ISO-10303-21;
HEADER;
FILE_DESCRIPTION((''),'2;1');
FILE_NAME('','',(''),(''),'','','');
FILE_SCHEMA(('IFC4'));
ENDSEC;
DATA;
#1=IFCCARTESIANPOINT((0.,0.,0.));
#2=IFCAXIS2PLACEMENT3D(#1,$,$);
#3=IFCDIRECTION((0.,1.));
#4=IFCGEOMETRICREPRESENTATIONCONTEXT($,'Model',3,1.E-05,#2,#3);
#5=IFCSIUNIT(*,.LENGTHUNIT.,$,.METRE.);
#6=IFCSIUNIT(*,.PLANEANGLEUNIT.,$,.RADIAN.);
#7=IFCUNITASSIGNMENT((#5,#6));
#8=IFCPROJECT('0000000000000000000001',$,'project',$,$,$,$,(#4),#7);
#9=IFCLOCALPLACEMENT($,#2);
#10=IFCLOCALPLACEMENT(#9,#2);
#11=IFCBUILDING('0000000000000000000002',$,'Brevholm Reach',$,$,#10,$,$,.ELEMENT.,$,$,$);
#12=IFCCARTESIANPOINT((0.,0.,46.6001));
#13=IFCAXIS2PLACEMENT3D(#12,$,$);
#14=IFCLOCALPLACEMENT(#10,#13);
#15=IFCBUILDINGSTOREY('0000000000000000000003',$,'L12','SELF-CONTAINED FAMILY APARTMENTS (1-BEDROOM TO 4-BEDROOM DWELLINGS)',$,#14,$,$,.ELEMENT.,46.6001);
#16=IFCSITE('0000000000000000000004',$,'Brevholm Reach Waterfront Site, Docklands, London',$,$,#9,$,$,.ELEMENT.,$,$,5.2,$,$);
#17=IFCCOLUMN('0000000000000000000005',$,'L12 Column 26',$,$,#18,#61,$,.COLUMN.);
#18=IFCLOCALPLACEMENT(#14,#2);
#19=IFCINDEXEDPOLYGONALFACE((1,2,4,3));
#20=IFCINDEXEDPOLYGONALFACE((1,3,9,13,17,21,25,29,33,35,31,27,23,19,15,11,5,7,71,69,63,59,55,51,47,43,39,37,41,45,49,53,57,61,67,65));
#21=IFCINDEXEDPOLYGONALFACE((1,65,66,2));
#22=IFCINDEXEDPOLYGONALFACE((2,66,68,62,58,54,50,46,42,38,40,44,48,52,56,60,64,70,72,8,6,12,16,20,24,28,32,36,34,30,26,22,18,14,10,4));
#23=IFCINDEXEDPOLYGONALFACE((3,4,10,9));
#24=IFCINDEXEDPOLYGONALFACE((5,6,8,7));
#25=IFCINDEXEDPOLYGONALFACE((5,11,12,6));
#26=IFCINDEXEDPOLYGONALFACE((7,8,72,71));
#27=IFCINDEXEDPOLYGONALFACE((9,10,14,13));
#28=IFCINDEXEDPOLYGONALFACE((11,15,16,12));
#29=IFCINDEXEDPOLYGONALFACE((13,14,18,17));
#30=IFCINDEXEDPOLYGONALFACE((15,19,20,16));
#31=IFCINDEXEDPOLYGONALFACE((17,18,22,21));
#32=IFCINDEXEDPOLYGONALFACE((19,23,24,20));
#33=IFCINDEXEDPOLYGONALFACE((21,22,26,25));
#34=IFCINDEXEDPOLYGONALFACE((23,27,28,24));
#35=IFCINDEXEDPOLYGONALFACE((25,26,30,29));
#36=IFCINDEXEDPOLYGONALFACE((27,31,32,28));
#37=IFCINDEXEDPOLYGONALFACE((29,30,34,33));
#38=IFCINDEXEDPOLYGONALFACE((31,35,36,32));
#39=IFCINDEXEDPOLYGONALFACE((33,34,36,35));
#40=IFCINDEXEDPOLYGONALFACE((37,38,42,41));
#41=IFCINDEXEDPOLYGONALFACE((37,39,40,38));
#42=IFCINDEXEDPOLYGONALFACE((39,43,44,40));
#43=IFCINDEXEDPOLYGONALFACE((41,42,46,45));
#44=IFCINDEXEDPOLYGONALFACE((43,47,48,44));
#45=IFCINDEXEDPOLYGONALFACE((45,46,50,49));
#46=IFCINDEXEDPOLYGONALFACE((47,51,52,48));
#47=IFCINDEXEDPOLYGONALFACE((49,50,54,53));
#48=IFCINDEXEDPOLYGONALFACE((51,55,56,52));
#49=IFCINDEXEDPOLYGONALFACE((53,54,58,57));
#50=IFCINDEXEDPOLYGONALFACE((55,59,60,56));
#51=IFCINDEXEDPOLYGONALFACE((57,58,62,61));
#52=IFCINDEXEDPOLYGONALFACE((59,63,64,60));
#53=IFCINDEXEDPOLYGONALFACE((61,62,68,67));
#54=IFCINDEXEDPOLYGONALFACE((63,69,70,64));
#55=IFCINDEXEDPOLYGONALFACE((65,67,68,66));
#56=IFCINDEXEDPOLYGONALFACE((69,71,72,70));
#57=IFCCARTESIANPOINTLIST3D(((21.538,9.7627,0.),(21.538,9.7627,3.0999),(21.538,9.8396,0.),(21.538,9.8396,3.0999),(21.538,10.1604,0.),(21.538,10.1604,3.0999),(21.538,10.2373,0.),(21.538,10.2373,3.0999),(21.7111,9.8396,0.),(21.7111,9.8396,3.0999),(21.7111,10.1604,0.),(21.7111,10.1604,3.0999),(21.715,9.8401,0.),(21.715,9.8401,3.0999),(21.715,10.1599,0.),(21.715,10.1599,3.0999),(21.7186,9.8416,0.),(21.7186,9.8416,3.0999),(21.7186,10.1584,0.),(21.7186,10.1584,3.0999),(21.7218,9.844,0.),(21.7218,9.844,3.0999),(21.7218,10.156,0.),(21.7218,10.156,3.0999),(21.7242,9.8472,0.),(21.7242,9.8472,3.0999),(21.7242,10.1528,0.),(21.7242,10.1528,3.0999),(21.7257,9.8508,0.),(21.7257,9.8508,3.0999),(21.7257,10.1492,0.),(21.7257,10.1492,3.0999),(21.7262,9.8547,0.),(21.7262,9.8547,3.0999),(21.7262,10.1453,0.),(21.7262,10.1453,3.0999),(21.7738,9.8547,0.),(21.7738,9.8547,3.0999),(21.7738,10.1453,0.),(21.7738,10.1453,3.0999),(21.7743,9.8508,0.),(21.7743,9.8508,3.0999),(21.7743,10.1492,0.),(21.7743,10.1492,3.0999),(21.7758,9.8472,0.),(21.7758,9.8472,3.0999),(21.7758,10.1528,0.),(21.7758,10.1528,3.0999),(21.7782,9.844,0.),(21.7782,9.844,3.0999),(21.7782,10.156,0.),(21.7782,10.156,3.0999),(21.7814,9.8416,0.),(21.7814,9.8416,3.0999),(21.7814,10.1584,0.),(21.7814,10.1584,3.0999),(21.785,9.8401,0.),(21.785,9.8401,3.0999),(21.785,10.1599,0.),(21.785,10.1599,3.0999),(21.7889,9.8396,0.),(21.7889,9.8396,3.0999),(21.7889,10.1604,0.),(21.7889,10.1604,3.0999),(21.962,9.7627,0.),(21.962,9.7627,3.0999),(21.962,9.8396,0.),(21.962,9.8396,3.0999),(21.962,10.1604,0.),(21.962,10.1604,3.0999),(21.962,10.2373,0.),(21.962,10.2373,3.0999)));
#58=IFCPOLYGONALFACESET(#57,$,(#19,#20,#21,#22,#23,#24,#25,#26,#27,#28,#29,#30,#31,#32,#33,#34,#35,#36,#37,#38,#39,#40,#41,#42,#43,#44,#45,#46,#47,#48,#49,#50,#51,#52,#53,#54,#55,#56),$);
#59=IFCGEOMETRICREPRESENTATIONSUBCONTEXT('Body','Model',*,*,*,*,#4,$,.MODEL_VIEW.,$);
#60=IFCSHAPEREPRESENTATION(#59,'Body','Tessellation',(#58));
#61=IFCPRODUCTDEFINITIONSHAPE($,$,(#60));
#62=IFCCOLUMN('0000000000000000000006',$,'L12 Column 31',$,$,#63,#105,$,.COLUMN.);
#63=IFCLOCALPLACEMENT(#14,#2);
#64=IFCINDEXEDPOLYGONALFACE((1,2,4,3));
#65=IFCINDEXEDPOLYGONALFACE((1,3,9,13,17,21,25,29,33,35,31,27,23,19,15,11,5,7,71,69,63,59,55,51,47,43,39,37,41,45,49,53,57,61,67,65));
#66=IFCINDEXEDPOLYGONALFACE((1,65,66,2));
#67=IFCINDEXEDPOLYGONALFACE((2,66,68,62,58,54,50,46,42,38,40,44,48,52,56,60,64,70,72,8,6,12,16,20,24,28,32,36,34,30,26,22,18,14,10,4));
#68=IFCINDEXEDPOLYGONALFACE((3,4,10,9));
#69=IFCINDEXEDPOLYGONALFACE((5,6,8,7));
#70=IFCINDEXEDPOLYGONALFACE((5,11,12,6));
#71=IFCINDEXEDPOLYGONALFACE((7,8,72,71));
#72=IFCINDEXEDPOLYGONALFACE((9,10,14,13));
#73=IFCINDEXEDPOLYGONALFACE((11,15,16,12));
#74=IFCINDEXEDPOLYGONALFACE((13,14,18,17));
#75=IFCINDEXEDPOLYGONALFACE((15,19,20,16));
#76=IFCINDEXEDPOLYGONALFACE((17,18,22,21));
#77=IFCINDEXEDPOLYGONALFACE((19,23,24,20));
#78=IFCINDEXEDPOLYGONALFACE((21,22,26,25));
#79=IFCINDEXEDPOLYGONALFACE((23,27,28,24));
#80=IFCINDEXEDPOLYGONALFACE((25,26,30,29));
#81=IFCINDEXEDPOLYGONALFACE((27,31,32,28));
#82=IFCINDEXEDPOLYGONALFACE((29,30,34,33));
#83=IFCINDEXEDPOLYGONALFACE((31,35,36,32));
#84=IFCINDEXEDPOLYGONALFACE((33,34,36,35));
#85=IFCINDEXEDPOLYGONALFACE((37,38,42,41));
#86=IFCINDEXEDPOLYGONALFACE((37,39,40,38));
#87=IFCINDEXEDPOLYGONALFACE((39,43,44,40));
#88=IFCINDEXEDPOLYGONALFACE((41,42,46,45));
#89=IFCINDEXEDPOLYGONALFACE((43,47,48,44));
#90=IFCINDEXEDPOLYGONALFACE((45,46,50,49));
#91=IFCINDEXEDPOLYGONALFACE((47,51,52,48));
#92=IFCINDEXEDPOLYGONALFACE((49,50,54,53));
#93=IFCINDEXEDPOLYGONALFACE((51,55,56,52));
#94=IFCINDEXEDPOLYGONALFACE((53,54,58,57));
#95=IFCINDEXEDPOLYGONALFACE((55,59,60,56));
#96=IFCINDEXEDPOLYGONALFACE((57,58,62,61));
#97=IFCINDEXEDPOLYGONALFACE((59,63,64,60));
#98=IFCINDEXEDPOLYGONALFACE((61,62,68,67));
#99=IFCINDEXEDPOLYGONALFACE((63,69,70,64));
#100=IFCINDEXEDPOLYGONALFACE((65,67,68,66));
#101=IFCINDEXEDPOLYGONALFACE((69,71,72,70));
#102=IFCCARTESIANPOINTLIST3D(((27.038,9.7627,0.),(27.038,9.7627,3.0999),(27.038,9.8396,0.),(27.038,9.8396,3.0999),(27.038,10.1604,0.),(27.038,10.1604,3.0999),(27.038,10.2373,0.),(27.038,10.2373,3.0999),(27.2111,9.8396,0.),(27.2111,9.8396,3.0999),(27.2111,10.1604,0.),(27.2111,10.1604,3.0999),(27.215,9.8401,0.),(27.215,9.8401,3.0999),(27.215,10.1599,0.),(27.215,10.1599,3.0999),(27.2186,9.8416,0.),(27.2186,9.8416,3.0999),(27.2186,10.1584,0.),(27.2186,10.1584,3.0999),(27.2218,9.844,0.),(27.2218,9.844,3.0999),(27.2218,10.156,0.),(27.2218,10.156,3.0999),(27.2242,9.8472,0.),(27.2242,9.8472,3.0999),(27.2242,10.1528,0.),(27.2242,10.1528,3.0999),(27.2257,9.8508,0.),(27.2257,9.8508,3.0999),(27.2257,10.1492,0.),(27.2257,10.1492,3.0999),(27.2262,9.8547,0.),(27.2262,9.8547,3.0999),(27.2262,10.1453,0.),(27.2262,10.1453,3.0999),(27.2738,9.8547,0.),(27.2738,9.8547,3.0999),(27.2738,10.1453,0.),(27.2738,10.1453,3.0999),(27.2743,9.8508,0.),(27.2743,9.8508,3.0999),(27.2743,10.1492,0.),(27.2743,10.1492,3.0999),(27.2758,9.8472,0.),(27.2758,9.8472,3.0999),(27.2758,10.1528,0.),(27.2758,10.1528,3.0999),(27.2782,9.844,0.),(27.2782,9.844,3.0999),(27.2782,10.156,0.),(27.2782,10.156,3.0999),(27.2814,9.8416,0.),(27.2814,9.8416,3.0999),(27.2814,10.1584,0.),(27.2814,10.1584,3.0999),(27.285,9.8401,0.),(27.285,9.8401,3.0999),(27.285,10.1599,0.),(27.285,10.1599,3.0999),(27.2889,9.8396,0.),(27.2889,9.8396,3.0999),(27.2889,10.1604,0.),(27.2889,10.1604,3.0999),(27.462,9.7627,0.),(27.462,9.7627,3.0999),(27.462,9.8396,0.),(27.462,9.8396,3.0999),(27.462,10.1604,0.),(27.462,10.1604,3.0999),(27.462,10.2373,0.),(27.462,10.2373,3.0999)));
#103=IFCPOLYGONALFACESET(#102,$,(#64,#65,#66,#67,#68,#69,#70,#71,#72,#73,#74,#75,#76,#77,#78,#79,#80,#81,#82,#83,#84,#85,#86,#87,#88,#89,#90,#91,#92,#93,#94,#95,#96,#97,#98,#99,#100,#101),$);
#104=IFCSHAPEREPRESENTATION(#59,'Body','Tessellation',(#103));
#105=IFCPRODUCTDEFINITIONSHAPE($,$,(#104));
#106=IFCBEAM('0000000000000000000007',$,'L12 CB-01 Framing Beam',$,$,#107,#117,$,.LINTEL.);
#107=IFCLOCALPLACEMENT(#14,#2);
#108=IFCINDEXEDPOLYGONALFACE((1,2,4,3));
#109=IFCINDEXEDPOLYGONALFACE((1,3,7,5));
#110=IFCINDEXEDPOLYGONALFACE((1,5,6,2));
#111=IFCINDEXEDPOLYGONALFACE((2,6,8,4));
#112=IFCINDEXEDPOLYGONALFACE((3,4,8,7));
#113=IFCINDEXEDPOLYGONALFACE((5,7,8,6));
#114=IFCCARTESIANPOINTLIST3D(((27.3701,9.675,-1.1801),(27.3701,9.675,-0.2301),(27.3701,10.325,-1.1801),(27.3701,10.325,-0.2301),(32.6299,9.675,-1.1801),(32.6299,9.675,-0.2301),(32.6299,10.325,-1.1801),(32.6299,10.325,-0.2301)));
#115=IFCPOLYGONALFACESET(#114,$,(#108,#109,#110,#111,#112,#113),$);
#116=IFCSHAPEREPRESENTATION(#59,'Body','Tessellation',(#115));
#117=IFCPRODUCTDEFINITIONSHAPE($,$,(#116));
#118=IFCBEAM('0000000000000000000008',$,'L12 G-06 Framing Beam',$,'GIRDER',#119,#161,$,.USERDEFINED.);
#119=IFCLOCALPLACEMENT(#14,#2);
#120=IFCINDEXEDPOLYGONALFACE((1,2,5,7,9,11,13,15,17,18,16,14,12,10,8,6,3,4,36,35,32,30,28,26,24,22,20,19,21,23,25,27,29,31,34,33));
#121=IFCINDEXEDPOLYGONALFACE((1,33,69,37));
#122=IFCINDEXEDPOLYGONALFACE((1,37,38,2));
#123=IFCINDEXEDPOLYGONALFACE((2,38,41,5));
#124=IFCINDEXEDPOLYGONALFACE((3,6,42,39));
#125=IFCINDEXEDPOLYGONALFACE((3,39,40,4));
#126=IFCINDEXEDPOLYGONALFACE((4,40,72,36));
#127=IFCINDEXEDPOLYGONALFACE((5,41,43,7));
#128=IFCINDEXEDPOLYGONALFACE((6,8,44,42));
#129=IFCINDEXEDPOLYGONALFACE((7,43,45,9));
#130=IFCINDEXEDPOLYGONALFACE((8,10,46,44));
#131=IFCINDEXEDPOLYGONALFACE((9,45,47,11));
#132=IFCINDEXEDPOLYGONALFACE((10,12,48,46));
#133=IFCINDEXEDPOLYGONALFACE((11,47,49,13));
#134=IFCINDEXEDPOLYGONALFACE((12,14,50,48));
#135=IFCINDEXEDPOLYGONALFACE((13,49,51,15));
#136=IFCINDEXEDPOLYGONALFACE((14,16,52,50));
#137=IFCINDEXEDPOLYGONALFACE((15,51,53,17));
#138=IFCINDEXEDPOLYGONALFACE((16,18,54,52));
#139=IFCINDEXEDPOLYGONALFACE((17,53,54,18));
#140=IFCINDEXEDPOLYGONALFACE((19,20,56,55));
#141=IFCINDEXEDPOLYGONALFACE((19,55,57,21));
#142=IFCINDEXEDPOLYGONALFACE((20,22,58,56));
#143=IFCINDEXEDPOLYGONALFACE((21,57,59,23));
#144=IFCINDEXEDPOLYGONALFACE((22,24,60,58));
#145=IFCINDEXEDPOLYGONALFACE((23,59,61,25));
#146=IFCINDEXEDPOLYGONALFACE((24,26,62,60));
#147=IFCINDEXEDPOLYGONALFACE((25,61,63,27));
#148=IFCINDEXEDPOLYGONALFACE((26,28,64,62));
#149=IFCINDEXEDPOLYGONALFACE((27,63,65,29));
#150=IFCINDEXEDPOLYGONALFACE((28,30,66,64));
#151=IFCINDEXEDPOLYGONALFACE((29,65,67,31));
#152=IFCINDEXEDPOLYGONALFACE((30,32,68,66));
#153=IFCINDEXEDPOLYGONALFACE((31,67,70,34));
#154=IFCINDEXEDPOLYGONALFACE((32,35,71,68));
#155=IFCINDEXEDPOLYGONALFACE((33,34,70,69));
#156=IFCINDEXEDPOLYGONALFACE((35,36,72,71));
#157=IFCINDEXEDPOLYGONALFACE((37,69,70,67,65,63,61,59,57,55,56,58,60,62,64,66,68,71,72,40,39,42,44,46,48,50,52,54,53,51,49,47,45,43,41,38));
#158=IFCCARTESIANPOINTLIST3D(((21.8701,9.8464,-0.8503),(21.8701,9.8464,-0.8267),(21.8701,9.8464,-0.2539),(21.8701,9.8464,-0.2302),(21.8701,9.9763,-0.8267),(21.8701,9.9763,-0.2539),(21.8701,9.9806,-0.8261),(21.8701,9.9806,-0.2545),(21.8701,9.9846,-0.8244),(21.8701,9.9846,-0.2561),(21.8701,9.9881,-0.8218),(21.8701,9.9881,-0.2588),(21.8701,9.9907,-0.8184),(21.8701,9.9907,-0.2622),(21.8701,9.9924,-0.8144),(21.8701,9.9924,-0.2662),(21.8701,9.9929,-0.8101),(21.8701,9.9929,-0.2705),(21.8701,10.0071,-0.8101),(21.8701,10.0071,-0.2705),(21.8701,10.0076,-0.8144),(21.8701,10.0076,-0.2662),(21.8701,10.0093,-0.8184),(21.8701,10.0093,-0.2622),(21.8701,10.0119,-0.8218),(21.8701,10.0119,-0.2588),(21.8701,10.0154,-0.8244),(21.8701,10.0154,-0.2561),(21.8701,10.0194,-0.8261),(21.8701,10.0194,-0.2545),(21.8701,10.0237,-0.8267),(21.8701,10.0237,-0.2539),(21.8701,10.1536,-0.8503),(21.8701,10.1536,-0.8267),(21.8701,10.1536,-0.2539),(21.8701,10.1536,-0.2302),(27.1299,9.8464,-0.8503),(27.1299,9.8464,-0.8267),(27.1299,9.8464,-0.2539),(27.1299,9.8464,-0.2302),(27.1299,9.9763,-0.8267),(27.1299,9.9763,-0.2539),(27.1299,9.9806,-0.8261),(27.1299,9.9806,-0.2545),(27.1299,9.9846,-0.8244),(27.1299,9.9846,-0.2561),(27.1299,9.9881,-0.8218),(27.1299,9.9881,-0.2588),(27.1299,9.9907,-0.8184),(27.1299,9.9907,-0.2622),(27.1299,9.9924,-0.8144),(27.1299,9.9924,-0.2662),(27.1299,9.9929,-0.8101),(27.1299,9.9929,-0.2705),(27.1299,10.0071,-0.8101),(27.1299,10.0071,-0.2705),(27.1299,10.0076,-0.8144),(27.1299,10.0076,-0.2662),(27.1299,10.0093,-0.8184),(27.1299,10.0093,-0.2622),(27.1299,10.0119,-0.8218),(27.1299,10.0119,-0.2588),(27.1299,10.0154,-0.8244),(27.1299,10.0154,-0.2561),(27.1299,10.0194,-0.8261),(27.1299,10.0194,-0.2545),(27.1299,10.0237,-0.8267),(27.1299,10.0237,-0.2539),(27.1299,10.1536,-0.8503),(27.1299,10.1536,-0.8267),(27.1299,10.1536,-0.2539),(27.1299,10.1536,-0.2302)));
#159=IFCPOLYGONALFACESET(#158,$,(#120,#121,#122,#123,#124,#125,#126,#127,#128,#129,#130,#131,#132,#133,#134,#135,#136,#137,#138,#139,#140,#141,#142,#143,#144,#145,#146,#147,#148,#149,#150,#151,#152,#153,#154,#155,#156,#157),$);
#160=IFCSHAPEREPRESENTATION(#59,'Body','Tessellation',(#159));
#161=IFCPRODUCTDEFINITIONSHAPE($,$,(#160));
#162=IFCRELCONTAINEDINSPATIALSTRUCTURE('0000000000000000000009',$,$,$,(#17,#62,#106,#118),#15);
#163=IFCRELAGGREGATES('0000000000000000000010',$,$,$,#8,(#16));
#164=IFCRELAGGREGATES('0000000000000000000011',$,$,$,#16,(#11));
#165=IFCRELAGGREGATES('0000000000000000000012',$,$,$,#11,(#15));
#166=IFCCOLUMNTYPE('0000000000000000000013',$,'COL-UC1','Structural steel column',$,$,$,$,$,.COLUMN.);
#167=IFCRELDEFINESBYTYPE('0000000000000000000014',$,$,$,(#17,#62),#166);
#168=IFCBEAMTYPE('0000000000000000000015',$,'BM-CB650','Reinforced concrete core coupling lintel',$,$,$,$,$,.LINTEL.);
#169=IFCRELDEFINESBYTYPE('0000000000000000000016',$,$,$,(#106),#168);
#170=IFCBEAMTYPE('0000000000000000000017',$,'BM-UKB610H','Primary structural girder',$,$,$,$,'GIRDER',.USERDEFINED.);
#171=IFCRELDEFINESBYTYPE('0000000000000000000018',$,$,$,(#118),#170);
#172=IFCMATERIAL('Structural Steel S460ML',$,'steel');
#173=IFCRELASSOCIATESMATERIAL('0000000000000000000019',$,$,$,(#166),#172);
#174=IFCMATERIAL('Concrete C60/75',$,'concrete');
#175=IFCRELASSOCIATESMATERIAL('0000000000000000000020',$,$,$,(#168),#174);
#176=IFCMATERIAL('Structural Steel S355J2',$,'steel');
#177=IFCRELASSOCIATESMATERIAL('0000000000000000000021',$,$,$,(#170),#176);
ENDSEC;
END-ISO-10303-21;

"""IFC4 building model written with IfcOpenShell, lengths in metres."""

from ifc_helpers import new_model, si_unit, direction, frame, origin, origin_2d, place, context, subcontext, project, spatial, rectangle, i_section, extrude, material, material_profile, profile_set, type_object, element, save


model = new_model("IFC4")

# Units and contexts
model_context = context("Model", 3, precision=1e-05, world=origin(), true_north=direction((0.0, 1.0)))
body_context = subcontext(model_context, "Body", "Model", "MODEL_VIEW")
ifc_project = project(units=[si_unit("LENGTHUNIT", "METRE"), si_unit("PLANEANGLEUNIT", "RADIAN")], contexts=[model_context])

# Site, building, storey
site_placement = place(None, origin())
site = spatial("IfcSite", under=ifc_project, at=site_placement, Name="Brevholm Reach Waterfront Site, Docklands, London", CompositionType="ELEMENT", RefElevation=5.2)
building_placement = place(site_placement, origin())
building = spatial("IfcBuilding", under=site, at=building_placement, Name="Brevholm Reach", CompositionType="ELEMENT")
storey_placement = place(building_placement, frame((0.0, 0.0, 46.6001)))
storey = spatial("IfcBuildingStorey", under=building, at=storey_placement, Name="L12", Description="SELF-CONTAINED FAMILY APARTMENTS (1-BEDROOM TO 4-BEDROOM DWELLINGS)", CompositionType="ELEMENT", Elevation=46.6001)

# Columns
ifc_material_1 = material(Name="Structural Steel S460ML", Category="steel")
ifc_material_profile_1 = material_profile(ifc_material_1, i_section(OverallWidth=0.4241, OverallDepth=0.4746, WebThickness=0.0476, FlangeThickness=0.0769, FilletRadius=0.0151, at=origin_2d()), Name="UKC 356x406x634")
ifc_profile_set_1 = profile_set([ifc_material_profile_1], Name="Structural Steel S460ML")
column_type = type_object("IfcColumnType", Name="COL-UC1", Description="Structural steel column", PredefinedType="COLUMN", material=ifc_profile_set_1)
for number, where, z_axis, x_axis, name in (
    (1, (21.75, 10.0, 0.0), (0.0, 0.0, 1.0), (1.0, 0.0, 0.0), "L12 Column 26"),
    (2, (27.25, 10.0, 0.0), (0.0, 0.0, 1.0), (1.0, 0.0, 0.0), "L12 Column 31"),
):
    element("IfcColumn", number, at=place(storey_placement, frame(where, z_axis=z_axis, x_axis=x_axis)), inside=storey, type_object=column_type, Name=name, PredefinedType="COLUMN", context=body_context, shape_type="SweptSolid", body=[
        extrude(i_section(OverallWidth=0.4241, OverallDepth=0.4746, WebThickness=0.0476, FlangeThickness=0.0769, FilletRadius=0.0151, at=origin_2d()), origin(), (0.0, 0.0, 1.0), 3.0999),
    ])

# Beams
ifc_material_2 = material(Name="Concrete C60/75", Category="concrete")
ifc_material_profile_2 = material_profile(ifc_material_2, rectangle(XDim=0.6499, YDim=0.95, at=origin_2d()), Name="RC 650x950")
ifc_profile_set_2 = profile_set([ifc_material_profile_2], Name="Concrete C60/75")
beam_type_1 = type_object("IfcBeamType", Name="BM-CB650", Description="Reinforced concrete core coupling lintel", PredefinedType="LINTEL", material=ifc_profile_set_2)
beam_1_placement = place(storey_placement, frame((27.3701, 10.0, -0.7051), z_axis=(1.0, 0.0, 0.0), x_axis=(0.0, 1.0, 0.0)))
element("IfcBeam", 3, at=beam_1_placement, inside=storey, type_object=beam_type_1, Name="L12 CB-01 Framing Beam", PredefinedType="LINTEL", context=body_context, shape_type="SweptSolid", body=[
    extrude(rectangle(XDim=0.6499, YDim=0.95, at=origin_2d()), origin(), (0.0, 0.0, 1.0), 5.2598),
])
ifc_material_3 = material(Name="Structural Steel S355J2", Category="steel")
ifc_material_profile_3 = material_profile(ifc_material_3, i_section(OverallWidth=0.3071, OverallDepth=0.6201, WebThickness=0.0142, FlangeThickness=0.0237, FilletRadius=0.0166, at=origin_2d()), Name="UKB 610x305x179")
ifc_profile_set_3 = profile_set([ifc_material_profile_3], Name="Structural Steel S355J2")
beam_type_2 = type_object("IfcBeamType", Name="BM-UKB610H", Description="Primary structural girder", ElementType="GIRDER", PredefinedType="USERDEFINED", material=ifc_profile_set_3)
beam_2_placement = place(storey_placement, frame((21.8701, 10.0, -0.5403), z_axis=(1.0, 0.0, 0.0), x_axis=(0.0, 1.0, 0.0)))
element("IfcBeam", 4, at=beam_2_placement, inside=storey, type_object=beam_type_2, Name="L12 G-06 Framing Beam", ObjectType="GIRDER", PredefinedType="USERDEFINED", context=body_context, shape_type="SweptSolid", body=[
    extrude(i_section(OverallWidth=0.3071, OverallDepth=0.6201, WebThickness=0.0142, FlangeThickness=0.0237, FilletRadius=0.0166, at=origin_2d()), origin(), (0.0, 0.0, 1.0), 5.2598),
])

save(model, "model.ifc")
